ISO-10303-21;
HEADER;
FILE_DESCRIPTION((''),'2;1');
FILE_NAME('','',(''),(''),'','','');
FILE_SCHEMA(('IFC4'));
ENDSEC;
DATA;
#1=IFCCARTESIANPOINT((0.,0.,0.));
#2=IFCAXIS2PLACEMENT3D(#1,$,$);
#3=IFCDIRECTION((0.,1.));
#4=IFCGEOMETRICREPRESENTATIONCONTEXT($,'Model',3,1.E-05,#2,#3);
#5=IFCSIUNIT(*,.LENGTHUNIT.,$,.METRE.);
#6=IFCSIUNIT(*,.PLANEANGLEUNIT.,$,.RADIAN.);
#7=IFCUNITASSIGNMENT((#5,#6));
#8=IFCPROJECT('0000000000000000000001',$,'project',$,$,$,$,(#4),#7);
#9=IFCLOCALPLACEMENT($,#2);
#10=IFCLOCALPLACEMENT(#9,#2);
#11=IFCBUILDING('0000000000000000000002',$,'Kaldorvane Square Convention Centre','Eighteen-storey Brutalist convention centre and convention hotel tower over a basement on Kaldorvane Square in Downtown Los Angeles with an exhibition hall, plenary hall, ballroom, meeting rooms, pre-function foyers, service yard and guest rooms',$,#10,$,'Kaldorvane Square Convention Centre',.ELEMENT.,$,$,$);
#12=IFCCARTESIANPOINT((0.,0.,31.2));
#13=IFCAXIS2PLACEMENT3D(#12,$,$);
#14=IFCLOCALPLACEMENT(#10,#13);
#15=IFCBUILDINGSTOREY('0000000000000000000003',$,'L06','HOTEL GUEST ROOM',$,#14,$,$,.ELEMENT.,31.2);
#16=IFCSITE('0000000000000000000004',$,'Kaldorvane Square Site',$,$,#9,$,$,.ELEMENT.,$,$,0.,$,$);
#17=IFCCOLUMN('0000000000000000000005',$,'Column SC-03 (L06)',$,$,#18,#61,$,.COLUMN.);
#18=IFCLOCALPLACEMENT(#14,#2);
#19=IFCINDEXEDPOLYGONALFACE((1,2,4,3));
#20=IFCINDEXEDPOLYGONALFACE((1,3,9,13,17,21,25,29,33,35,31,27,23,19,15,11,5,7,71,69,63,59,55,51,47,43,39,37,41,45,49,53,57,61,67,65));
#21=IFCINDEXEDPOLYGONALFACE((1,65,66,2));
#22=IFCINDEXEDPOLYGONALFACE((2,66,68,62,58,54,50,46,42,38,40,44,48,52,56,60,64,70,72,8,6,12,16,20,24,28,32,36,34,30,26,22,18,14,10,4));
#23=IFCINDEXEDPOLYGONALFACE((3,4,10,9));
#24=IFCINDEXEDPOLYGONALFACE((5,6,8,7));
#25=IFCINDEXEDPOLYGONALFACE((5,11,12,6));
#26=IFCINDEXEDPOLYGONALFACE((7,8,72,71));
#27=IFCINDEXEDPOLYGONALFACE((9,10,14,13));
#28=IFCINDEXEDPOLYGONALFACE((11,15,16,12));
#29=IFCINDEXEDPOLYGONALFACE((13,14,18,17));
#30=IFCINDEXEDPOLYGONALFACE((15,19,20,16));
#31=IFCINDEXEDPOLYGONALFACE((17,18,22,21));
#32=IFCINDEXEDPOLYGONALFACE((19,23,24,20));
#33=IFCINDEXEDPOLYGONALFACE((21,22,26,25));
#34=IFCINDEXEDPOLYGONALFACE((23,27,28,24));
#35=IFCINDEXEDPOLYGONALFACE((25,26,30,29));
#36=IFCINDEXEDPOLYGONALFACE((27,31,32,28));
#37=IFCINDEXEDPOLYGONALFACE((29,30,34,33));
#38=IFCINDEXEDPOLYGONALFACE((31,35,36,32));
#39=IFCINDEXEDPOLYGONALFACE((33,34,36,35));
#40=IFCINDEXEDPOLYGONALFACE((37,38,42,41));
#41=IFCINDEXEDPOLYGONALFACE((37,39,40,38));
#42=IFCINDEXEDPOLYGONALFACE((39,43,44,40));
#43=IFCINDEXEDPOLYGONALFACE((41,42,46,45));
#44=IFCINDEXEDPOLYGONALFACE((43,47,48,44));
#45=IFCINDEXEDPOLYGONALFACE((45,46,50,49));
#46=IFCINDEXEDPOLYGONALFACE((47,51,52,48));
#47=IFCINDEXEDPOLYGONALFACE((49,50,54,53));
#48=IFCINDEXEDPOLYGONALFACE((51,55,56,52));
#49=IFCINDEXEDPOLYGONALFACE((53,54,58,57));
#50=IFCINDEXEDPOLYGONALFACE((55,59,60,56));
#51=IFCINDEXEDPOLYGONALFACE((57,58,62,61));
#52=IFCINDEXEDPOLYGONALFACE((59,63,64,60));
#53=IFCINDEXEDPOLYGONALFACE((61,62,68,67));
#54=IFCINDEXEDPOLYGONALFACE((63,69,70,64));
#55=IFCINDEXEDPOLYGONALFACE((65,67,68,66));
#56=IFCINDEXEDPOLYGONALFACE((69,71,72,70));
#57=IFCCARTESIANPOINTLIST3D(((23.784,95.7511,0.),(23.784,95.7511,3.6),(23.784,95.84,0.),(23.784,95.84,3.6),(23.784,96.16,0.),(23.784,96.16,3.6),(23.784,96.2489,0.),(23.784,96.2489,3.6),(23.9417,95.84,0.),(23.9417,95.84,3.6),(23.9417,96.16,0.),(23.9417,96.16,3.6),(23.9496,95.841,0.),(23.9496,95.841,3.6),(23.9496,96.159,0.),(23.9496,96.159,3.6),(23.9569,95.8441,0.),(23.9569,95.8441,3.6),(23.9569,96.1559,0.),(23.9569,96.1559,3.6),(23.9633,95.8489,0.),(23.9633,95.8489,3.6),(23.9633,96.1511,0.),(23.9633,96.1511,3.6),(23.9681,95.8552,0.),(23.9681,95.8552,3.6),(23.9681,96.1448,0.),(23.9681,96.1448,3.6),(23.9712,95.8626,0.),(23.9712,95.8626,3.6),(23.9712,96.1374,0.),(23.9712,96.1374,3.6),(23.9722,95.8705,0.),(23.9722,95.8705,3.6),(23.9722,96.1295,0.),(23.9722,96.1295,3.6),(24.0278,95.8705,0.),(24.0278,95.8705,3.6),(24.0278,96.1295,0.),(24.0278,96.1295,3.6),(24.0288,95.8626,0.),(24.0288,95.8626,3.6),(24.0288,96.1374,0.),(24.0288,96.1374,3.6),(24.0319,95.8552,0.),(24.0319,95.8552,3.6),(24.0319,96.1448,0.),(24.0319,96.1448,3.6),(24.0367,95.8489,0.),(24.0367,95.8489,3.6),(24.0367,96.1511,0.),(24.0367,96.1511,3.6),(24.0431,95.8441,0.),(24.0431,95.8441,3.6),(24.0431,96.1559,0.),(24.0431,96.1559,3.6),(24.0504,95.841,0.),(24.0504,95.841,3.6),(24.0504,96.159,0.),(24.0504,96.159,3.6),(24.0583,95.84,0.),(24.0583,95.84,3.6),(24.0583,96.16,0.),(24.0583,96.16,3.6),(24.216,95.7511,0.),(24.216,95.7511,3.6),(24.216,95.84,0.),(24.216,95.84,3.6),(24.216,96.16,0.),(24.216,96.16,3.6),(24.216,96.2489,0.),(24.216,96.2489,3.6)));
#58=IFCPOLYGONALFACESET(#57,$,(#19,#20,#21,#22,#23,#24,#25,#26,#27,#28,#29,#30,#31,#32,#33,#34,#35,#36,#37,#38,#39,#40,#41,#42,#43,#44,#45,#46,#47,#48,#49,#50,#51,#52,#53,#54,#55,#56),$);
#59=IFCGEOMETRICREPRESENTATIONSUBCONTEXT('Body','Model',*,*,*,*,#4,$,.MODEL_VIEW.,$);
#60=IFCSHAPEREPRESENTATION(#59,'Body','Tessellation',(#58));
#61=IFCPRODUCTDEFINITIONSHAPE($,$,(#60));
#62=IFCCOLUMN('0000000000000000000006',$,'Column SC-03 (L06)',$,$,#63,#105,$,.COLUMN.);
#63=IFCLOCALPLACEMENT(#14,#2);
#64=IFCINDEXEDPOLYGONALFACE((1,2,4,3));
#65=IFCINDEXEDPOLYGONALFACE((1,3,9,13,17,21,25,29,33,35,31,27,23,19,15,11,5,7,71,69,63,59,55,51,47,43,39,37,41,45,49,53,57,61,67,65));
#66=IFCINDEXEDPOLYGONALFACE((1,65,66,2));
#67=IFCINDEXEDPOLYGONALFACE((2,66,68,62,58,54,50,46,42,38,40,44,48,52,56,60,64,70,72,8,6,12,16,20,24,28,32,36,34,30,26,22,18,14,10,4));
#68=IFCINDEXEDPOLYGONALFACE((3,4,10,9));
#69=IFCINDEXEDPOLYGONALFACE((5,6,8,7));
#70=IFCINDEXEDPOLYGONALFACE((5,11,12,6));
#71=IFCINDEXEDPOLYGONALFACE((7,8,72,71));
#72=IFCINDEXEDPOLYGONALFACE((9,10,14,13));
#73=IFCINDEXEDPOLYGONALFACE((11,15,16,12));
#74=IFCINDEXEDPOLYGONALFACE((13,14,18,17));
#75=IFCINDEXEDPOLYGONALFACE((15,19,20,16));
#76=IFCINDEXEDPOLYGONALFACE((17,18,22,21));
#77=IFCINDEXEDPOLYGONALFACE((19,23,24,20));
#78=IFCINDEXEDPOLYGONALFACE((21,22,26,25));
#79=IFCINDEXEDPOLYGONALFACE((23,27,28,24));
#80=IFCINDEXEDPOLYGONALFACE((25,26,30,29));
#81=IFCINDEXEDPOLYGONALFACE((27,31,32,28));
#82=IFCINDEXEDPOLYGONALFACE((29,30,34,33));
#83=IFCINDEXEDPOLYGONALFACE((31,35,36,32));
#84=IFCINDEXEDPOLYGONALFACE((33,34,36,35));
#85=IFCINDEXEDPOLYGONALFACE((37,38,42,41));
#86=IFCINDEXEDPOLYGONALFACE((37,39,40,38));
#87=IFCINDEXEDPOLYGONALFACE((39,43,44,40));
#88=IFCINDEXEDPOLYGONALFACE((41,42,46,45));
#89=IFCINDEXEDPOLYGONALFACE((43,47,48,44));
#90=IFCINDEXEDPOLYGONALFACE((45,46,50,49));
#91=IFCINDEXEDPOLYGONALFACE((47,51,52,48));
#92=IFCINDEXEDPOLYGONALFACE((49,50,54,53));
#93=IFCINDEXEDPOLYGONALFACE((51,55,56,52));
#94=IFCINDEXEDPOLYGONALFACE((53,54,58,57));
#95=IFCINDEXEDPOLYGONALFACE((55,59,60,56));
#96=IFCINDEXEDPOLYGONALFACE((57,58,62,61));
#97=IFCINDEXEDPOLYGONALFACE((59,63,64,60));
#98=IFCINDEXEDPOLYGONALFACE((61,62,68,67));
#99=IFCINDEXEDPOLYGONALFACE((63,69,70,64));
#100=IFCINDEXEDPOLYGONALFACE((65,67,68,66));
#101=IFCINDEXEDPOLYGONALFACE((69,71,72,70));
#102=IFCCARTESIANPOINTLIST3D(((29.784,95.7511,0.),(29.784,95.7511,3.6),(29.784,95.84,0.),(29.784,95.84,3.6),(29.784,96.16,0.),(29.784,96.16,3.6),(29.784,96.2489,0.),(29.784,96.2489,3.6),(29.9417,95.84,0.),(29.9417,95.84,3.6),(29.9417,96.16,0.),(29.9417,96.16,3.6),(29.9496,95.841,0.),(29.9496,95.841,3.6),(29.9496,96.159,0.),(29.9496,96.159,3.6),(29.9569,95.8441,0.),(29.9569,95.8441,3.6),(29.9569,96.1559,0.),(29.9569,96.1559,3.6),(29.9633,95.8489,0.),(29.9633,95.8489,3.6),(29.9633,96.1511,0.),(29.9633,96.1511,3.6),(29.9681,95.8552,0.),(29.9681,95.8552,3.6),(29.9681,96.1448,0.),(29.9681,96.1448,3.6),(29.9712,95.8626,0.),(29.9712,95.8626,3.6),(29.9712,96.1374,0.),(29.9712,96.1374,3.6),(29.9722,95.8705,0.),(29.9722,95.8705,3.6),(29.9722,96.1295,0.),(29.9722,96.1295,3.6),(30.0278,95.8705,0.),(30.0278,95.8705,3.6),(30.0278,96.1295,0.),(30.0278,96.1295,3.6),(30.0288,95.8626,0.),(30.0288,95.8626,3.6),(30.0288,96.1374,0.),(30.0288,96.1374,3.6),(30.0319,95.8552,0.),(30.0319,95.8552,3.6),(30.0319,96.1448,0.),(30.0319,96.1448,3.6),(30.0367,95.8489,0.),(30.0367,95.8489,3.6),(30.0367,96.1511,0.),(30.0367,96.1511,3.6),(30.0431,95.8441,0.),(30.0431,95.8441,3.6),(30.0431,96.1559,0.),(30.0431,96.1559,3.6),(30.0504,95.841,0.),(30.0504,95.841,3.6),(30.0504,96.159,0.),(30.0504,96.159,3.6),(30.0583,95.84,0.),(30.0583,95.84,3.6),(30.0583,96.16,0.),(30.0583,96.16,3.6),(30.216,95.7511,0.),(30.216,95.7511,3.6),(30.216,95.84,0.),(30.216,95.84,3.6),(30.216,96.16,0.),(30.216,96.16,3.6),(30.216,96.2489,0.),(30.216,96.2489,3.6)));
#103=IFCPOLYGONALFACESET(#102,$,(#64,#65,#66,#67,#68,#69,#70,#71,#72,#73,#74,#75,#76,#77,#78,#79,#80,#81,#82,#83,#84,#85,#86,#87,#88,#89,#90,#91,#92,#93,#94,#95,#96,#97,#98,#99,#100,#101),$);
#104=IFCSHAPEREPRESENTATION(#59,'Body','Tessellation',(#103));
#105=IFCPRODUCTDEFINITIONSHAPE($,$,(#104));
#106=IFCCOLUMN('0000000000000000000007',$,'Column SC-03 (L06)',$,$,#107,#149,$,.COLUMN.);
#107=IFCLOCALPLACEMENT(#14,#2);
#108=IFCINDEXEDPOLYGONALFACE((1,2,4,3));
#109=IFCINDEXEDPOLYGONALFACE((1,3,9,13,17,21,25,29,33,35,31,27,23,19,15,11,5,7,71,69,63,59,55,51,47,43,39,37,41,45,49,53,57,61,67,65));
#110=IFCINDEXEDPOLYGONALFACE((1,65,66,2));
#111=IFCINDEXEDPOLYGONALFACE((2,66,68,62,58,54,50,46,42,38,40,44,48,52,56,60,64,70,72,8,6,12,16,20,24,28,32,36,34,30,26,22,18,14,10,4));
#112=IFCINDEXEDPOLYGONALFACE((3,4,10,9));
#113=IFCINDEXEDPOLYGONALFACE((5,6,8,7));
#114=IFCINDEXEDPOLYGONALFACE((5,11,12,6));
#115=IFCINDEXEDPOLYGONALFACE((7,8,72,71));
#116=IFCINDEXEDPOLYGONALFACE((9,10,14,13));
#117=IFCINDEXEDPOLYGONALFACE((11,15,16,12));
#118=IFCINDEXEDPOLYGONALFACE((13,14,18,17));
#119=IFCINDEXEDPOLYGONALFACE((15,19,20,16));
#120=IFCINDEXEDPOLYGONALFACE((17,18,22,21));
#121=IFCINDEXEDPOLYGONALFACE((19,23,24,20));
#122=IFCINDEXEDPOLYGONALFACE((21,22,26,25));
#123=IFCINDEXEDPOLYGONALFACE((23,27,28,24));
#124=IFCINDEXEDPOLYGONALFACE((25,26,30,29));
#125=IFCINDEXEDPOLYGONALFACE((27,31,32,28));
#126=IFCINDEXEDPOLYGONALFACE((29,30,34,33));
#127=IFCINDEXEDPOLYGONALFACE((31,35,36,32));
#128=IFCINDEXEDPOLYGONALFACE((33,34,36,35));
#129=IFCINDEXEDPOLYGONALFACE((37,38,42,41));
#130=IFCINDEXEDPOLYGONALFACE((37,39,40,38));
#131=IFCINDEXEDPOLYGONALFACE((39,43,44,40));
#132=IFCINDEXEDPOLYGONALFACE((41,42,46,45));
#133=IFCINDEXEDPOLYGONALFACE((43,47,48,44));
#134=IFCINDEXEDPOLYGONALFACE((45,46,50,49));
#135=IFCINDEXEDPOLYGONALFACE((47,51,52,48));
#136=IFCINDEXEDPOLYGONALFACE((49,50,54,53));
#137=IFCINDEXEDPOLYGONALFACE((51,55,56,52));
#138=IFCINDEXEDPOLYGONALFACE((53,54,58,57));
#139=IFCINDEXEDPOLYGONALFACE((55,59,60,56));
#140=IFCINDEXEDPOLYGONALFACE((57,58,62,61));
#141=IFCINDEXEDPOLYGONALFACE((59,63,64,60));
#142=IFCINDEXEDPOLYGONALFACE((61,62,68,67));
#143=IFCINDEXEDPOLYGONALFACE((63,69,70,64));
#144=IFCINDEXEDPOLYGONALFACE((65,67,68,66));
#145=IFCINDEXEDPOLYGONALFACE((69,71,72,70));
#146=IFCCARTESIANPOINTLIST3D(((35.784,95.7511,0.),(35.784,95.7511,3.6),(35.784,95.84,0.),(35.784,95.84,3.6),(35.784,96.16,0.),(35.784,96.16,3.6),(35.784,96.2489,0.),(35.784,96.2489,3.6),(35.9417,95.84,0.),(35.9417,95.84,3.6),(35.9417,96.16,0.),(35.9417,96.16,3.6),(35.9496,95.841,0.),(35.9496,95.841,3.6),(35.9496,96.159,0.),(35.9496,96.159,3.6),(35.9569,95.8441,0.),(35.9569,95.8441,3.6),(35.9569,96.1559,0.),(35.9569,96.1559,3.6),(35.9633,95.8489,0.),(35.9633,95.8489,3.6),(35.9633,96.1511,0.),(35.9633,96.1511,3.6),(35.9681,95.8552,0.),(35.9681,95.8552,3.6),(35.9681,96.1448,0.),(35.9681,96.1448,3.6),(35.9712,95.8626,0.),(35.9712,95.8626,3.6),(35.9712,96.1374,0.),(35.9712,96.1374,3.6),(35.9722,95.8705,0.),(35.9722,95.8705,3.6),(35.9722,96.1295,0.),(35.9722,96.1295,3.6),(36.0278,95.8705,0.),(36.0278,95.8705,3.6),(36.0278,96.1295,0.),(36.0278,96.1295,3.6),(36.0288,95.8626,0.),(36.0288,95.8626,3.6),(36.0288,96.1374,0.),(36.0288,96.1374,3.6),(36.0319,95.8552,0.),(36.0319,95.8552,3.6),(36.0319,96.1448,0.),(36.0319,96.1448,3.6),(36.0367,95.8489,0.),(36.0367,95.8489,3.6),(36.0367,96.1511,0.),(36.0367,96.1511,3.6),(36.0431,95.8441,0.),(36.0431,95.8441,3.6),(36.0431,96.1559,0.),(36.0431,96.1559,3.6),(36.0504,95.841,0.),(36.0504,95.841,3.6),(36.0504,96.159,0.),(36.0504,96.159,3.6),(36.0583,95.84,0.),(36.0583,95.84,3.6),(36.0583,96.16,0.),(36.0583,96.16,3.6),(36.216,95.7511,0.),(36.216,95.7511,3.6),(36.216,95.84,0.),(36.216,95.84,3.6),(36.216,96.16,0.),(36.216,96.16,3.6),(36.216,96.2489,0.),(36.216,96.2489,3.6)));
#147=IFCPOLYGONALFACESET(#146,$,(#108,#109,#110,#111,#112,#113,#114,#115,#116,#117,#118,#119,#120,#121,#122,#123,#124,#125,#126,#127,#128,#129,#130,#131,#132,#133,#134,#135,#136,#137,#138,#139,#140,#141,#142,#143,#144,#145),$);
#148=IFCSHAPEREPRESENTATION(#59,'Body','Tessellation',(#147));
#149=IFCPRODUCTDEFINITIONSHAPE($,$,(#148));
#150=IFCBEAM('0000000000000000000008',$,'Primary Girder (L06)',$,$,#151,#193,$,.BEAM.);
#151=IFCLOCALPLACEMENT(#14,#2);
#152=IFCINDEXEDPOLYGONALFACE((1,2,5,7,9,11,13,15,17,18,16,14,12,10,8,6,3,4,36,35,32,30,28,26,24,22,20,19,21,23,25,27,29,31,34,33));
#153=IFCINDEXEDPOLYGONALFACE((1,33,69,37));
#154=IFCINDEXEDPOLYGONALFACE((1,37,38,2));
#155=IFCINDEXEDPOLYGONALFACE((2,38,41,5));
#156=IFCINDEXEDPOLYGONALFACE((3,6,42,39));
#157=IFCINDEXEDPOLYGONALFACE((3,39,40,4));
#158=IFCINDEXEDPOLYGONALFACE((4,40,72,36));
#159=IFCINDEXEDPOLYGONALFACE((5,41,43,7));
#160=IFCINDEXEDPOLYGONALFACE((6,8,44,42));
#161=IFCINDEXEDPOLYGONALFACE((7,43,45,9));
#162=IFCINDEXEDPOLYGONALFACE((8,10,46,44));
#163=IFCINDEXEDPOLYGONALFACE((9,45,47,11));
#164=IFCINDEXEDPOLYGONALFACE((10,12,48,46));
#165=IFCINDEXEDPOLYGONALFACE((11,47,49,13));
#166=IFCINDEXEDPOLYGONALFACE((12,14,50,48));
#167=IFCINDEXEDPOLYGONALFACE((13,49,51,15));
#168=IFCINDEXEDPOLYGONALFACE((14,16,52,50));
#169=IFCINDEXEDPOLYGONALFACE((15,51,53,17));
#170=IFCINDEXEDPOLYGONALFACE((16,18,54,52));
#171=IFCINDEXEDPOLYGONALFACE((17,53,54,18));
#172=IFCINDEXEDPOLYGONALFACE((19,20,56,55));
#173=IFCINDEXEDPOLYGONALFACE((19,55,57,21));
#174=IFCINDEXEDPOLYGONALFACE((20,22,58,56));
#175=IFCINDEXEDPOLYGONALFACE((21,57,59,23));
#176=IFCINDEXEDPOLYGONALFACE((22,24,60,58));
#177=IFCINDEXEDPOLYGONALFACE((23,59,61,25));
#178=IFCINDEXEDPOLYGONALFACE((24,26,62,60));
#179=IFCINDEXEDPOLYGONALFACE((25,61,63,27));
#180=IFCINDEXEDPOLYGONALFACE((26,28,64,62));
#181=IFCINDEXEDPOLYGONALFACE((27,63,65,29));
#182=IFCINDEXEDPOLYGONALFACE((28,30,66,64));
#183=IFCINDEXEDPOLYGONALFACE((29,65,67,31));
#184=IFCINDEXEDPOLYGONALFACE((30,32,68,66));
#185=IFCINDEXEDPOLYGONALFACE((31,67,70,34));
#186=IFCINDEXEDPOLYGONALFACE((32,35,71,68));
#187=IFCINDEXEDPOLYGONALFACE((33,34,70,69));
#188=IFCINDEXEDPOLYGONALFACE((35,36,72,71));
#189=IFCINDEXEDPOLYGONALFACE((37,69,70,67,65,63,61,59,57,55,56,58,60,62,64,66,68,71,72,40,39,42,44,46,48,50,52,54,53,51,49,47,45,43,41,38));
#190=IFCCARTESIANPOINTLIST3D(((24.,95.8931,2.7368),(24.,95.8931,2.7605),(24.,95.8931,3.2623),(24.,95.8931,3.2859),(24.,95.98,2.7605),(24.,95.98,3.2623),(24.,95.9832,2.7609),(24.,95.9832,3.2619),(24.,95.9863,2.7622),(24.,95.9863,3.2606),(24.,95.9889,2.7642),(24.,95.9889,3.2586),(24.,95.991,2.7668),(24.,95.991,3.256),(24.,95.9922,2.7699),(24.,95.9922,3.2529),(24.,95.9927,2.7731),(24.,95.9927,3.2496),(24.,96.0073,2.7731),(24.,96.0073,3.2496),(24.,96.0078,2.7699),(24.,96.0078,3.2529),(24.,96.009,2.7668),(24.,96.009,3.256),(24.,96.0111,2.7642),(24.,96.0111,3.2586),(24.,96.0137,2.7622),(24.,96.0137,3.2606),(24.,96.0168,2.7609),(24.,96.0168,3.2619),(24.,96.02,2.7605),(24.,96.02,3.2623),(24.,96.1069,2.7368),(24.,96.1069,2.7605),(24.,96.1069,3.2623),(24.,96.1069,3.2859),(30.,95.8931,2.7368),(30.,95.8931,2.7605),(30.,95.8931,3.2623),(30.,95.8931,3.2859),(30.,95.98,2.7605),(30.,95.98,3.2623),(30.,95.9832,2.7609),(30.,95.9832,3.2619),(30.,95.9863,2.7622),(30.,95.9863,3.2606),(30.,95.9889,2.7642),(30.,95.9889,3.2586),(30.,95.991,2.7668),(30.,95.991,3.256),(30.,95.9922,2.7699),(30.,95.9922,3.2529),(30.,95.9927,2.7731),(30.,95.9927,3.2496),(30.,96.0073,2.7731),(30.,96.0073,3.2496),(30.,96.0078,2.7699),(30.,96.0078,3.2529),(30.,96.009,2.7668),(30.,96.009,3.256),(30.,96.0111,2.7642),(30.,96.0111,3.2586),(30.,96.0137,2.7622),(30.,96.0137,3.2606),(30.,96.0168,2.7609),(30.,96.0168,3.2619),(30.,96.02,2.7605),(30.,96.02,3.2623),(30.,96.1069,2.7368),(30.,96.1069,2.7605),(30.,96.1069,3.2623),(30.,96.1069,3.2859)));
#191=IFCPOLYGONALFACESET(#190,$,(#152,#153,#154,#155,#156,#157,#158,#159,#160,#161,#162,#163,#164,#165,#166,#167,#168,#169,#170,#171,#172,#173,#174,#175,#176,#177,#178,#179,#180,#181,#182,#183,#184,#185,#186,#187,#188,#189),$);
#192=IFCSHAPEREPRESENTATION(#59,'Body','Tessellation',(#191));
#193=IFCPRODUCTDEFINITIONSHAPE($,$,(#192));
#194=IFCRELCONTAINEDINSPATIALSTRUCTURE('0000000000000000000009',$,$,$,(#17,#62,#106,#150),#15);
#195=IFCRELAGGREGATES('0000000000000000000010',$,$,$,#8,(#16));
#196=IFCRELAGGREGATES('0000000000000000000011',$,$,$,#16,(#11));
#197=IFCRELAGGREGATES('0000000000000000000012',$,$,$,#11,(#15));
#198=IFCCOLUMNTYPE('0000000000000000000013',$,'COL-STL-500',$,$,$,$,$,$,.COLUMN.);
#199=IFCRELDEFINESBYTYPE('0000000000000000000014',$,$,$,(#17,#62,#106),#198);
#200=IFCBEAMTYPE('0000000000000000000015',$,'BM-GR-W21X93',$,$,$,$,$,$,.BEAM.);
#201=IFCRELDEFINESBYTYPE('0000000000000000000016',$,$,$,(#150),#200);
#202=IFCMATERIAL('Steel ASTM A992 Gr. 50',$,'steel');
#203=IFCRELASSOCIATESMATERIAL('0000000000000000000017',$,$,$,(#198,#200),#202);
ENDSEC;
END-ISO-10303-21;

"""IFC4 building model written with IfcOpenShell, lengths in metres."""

from ifc_helpers import new_model, si_unit, direction, frame, origin, origin_2d, place, context, subcontext, project, spatial, i_section, extrude, material, material_profile, profile_set, type_object, element, save


model = new_model("IFC4")

# Units and contexts
model_context = context("Model", 3, precision=1e-05, world=origin(), true_north=direction((0.0, 1.0)))
body_context = subcontext(model_context, "Body", "Model", "MODEL_VIEW")
ifc_project = project(units=[si_unit("LENGTHUNIT", "METRE"), si_unit("PLANEANGLEUNIT", "RADIAN")], contexts=[model_context])

# Site, building, storey
site_placement = place(None, origin())
site = spatial("IfcSite", under=ifc_project, at=site_placement, Name="Kaldorvane Square Site", CompositionType="ELEMENT", RefElevation=0.0)
building_placement = place(site_placement, origin())
building = spatial("IfcBuilding", under=site, at=building_placement, Name="Kaldorvane Square Convention Centre", Description="Eighteen-storey Brutalist convention centre and convention hotel tower over a basement on Kaldorvane Square in Downtown Los Angeles with an exhibition hall, plenary hall, ballroom, meeting rooms, pre-function foyers, service yard and guest rooms", LongName="Kaldorvane Square Convention Centre", CompositionType="ELEMENT")
storey_placement = place(building_placement, frame((0.0, 0.0, 31.2)))
storey = spatial("IfcBuildingStorey", under=building, at=storey_placement, Name="L06", Description="HOTEL GUEST ROOM", CompositionType="ELEMENT", Elevation=31.2)

# Columns
ifc_material_1 = material(Name="Steel ASTM A992 Gr. 50", Category="steel")
ifc_material_profile_1 = material_profile(ifc_material_1, i_section(OverallWidth=0.4321, OverallDepth=0.4978, WebThickness=0.0556, FlangeThickness=0.0889, FilletRadius=0.0305, at=origin_2d()), Name="W14X500")
ifc_profile_set_1 = profile_set([ifc_material_profile_1], Name="Steel ASTM A992 Gr. 50")
column_type = type_object("IfcColumnType", Name="COL-STL-500", PredefinedType="COLUMN", material=ifc_profile_set_1)
for number, where, z_axis, x_axis, name in (
    (1, (24.0, 96.0, 0.0), (0.0, 0.0, 1.0), (1.0, 0.0, 0.0), "Column SC-03 (L06)"),
    (2, (30.0, 96.0, 0.0), (0.0, 0.0, 1.0), (1.0, 0.0, 0.0), "Column SC-03 (L06)"),
    (3, (36.0, 96.0, 0.0), (0.0, 0.0, 1.0), (1.0, 0.0, 0.0), "Column SC-03 (L06)"),
):
    element("IfcColumn", number, at=place(storey_placement, frame(where, z_axis=z_axis, x_axis=x_axis)), inside=storey, type_object=column_type, Name=name, PredefinedType="COLUMN", context=body_context, shape_type="SweptSolid", body=[
        extrude(i_section(OverallWidth=0.4321, OverallDepth=0.4978, WebThickness=0.0556, FlangeThickness=0.0889, FilletRadius=0.0305, at=origin_2d()), origin(), (0.0, 0.0, 1.0), 3.6),
    ])

# Beam
ifc_material_profile_2 = material_profile(ifc_material_1, i_section(OverallWidth=0.2139, OverallDepth=0.5491, WebThickness=0.0147, FlangeThickness=0.0236, FilletRadius=0.0127, at=origin_2d()), Name="W21X93")
ifc_profile_set_2 = profile_set([ifc_material_profile_2], Name="Steel ASTM A992 Gr. 50")
beam_type_1 = type_object("IfcBeamType", Name="BM-GR-W21X93", PredefinedType="BEAM", material=ifc_profile_set_2)
for number, where, z_axis, x_axis, name in (
    (4, (24.0, 96.0, 3.0114), (1.0, 0.0, 0.0), (0.0, 1.0, 0.0), "Primary Girder (L06)"),
):
    element("IfcBeam", number, at=place(storey_placement, frame(where, z_axis=z_axis, x_axis=x_axis)), inside=storey, type_object=beam_type_1, Name=name, PredefinedType="BEAM", context=body_context, shape_type="SweptSolid", body=[
        extrude(i_section(OverallWidth=0.2139, OverallDepth=0.5491, WebThickness=0.0147, FlangeThickness=0.0236, FilletRadius=0.0127, at=origin_2d()), origin(), (0.0, 0.0, 1.0), 6.0),
    ])

save(model, "model.ifc")
